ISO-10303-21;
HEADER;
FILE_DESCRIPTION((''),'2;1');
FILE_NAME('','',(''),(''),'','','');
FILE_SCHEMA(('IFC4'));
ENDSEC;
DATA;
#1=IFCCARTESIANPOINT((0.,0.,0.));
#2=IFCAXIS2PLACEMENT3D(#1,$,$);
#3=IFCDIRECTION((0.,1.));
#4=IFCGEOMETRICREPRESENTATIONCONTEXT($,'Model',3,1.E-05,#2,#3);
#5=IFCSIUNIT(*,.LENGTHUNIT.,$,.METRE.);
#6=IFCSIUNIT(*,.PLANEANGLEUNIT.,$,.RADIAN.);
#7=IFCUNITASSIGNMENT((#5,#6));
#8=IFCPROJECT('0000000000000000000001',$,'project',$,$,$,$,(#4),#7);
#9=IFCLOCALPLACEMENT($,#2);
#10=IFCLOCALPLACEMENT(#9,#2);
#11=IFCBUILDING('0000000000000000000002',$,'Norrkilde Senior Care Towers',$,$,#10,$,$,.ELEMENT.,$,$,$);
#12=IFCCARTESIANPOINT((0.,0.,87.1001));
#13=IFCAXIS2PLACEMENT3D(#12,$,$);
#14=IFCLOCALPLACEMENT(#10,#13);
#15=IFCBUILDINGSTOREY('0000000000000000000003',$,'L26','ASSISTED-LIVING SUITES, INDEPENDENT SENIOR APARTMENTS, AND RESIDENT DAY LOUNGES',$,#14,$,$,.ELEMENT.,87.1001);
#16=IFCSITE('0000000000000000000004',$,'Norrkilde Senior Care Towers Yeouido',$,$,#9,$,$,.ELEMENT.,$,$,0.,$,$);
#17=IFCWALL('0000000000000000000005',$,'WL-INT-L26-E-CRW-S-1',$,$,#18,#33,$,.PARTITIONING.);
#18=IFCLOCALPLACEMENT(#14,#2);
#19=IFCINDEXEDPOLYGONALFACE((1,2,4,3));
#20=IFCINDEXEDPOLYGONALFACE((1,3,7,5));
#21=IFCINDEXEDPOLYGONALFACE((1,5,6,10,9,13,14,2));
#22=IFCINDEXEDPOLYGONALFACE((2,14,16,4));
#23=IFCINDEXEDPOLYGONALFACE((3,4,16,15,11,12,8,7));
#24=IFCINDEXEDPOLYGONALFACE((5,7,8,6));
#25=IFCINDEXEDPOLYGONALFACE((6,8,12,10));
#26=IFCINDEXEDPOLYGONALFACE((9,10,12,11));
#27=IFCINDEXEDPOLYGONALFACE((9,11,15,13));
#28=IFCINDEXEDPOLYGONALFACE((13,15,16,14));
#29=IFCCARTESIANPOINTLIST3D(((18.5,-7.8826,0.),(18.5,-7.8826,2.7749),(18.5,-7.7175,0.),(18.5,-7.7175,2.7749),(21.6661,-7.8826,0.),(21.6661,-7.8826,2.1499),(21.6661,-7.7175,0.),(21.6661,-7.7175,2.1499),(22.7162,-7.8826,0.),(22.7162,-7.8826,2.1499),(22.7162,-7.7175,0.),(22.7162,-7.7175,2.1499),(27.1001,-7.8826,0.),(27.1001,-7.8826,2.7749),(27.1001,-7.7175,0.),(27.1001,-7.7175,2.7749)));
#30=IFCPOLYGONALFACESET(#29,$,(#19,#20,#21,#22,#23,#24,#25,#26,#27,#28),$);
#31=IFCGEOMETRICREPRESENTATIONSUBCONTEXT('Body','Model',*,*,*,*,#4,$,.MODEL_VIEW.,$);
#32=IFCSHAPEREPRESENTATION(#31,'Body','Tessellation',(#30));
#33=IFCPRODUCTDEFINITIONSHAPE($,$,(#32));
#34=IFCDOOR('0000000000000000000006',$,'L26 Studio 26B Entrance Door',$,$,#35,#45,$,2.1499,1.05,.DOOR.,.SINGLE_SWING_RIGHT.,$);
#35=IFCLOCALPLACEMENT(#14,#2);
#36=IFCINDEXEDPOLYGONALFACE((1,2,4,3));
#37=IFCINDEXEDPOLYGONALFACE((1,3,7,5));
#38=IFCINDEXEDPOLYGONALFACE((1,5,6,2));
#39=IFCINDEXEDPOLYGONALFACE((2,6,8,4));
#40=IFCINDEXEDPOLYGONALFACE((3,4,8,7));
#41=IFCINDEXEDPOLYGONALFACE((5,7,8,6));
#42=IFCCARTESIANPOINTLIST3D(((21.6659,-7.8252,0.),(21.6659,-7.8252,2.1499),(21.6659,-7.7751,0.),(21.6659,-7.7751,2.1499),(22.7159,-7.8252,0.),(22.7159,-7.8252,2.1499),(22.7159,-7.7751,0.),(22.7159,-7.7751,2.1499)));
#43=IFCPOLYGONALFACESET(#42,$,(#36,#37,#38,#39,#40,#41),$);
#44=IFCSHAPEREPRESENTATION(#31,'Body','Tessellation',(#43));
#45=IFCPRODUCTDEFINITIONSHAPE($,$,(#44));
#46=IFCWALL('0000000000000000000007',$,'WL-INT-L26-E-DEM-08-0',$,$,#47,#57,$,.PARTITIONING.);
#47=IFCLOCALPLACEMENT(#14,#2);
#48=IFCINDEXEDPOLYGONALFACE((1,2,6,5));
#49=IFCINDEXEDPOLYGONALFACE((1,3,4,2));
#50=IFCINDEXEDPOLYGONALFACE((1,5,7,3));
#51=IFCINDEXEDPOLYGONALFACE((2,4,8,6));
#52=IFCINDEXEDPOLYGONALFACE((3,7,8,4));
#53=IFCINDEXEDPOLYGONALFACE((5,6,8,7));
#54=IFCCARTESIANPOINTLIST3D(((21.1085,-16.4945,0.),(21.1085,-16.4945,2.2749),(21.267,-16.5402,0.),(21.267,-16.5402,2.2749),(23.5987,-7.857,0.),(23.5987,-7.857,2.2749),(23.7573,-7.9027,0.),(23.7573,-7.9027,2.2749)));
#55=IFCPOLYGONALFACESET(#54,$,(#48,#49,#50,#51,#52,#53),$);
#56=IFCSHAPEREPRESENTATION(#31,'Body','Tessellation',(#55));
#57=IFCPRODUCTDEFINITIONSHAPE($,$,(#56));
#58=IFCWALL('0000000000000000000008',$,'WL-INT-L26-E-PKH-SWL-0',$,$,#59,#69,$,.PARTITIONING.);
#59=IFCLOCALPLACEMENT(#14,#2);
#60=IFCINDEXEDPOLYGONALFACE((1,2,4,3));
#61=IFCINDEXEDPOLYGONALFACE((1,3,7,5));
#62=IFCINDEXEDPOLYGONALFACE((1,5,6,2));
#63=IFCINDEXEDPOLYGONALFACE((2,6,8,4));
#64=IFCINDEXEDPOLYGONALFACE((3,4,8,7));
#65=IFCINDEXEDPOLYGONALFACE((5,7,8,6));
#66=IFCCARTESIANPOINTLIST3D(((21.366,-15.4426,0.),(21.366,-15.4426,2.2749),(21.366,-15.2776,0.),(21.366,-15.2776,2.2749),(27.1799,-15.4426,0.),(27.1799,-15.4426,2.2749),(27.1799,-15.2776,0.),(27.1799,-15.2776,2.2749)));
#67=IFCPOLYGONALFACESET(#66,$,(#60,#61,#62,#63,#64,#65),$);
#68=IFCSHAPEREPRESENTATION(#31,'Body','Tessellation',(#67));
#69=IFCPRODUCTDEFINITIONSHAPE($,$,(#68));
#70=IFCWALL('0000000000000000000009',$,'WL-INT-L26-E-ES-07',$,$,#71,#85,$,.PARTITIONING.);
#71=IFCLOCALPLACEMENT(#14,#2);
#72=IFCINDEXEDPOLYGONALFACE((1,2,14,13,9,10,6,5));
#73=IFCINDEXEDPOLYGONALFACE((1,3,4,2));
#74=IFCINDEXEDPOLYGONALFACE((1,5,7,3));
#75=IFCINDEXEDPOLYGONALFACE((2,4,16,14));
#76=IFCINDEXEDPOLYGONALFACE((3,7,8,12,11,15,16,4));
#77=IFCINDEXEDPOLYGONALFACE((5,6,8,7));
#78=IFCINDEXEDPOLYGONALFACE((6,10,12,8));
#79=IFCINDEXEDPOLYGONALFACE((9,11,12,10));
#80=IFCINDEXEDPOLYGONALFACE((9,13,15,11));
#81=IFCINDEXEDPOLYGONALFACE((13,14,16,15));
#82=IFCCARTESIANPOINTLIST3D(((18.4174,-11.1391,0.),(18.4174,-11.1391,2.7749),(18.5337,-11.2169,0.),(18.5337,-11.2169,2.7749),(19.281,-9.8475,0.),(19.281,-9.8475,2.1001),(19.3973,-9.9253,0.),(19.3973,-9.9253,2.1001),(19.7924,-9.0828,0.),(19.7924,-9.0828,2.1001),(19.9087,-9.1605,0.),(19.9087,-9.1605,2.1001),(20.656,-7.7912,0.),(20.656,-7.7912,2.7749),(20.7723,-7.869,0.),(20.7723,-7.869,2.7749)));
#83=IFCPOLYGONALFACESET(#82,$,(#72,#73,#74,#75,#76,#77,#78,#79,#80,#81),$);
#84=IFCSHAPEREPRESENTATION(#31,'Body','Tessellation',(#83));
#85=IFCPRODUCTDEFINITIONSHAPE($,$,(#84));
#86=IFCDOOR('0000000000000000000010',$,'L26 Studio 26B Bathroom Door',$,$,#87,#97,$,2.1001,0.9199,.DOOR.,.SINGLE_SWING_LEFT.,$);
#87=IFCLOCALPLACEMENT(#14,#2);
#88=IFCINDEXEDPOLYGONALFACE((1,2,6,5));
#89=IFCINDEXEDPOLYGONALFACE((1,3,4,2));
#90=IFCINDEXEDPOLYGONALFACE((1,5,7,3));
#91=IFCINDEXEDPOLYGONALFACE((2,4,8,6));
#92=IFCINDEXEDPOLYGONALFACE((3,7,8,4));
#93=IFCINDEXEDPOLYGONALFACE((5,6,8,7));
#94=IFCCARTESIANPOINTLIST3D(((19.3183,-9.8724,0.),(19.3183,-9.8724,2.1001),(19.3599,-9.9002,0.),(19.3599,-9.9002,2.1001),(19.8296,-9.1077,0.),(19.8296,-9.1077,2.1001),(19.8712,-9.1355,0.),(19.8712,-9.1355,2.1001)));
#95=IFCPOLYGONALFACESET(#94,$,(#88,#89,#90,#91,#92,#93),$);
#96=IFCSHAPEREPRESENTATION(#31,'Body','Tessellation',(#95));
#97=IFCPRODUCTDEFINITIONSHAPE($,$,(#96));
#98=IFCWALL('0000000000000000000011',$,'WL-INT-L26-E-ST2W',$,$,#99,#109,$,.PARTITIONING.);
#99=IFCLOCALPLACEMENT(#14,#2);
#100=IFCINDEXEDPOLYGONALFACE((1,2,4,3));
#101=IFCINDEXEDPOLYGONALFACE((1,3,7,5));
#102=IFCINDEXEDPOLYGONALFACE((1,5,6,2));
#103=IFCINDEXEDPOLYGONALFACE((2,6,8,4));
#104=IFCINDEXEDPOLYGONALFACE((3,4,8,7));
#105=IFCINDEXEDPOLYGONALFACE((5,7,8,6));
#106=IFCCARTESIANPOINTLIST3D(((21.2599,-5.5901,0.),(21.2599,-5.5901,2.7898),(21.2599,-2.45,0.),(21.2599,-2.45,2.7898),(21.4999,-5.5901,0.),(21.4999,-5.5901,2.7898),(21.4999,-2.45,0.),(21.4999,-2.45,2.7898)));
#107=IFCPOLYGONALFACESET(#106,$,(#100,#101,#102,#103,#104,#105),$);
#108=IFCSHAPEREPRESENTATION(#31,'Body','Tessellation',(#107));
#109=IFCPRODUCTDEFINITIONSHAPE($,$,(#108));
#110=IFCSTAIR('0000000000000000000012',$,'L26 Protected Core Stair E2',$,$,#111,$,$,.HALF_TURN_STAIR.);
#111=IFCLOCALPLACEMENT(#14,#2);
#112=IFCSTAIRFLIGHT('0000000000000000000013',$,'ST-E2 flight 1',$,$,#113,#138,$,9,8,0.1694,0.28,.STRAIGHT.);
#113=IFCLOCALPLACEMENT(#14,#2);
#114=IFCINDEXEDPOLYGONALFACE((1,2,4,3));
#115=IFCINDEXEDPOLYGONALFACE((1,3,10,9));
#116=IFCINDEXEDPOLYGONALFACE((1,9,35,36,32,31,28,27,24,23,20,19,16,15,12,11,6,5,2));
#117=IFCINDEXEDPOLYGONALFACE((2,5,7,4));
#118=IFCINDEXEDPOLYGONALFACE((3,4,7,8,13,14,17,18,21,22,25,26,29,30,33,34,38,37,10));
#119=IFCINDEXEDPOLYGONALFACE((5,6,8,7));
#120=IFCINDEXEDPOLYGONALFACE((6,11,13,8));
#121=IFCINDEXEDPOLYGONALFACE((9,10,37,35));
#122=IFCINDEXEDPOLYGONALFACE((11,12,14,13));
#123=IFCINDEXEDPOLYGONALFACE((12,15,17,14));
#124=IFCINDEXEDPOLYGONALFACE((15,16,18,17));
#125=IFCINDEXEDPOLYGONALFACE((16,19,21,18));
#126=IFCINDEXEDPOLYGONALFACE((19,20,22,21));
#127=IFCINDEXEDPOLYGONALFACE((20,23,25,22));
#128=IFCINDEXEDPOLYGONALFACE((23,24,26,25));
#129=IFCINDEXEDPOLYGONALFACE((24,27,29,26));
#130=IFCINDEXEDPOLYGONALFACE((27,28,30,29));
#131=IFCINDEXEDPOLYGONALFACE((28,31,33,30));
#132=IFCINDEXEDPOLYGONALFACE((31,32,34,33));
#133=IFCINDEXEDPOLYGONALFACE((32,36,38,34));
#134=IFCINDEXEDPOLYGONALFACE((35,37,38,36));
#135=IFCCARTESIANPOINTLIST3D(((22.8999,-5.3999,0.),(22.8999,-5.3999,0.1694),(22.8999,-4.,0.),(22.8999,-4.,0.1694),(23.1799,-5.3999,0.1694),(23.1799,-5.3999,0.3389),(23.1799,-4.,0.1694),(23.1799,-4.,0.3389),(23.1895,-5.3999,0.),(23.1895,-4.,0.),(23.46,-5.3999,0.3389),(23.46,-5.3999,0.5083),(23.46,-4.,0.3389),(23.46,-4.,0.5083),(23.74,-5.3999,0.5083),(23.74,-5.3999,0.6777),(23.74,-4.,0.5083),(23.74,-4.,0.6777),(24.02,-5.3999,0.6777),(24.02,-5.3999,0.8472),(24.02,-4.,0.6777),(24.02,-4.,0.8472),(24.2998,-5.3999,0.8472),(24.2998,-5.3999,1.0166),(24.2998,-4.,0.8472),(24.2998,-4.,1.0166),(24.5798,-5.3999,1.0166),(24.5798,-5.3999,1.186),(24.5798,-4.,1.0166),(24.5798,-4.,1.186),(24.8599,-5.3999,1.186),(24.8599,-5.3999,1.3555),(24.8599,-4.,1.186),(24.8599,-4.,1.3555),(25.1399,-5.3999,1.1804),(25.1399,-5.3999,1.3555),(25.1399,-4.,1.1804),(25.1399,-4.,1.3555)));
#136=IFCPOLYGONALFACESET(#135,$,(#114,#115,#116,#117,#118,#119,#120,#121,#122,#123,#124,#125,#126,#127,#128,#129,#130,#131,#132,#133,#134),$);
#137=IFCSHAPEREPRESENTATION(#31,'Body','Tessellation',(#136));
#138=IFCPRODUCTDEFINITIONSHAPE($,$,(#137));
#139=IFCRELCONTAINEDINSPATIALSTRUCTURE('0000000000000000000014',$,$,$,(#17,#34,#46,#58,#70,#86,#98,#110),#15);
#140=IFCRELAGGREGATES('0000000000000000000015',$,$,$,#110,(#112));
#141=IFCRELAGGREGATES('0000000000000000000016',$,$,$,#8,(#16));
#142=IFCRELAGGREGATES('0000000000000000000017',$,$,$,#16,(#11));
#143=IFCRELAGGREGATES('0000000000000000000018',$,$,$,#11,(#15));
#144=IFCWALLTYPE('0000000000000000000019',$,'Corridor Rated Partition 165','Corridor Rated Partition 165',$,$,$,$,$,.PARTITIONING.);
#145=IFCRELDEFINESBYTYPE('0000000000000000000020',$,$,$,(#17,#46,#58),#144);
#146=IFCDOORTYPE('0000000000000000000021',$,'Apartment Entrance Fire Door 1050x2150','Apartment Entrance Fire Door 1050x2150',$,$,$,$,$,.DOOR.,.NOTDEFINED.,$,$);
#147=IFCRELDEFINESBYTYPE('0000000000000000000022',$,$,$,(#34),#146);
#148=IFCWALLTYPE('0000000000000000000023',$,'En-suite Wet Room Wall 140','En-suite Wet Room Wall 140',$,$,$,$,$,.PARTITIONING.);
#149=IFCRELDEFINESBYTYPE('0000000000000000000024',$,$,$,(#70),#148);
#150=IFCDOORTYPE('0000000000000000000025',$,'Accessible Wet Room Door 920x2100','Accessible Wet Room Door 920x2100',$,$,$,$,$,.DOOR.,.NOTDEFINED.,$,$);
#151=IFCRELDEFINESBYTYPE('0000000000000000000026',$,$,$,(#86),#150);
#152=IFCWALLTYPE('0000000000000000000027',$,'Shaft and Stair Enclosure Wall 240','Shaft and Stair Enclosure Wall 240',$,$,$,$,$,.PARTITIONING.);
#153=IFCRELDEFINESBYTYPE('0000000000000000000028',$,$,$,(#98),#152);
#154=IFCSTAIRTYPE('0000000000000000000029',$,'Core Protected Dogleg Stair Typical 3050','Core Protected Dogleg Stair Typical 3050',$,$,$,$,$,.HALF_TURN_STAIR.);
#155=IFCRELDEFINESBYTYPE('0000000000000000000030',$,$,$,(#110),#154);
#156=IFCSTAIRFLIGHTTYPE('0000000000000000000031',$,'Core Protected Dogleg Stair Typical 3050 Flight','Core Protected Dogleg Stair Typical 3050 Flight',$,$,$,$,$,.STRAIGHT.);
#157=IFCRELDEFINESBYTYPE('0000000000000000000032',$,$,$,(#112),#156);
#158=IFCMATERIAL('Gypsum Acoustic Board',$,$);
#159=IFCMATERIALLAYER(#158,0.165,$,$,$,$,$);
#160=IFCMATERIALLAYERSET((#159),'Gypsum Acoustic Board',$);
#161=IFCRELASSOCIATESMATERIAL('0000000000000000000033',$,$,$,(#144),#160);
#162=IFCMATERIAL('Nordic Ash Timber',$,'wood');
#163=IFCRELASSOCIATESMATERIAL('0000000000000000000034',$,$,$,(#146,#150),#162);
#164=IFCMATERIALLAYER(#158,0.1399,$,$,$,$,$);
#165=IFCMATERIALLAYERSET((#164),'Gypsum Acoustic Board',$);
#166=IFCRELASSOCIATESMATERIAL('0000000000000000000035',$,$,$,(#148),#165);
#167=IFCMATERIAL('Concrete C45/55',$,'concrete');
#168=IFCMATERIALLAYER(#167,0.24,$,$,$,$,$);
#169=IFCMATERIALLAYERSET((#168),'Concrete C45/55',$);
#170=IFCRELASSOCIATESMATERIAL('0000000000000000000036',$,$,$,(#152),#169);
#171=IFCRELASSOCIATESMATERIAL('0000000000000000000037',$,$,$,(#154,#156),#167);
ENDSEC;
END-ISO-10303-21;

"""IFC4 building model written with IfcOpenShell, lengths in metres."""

from ifc_helpers import new_model, si_unit, direction, frame, frame_2d, origin, place, context, subcontext, project, spatial, polyline, rectangle, outline, extrude, source, transform, mapped, material, layer, layer_set, type_object, type_shapes, element, fill, aggregate, save


model = new_model("IFC4")

# Units and contexts
model_context = context("Model", 3, precision=1e-05, world=origin(), true_north=direction((0.0, 1.0)))
body_context = subcontext(model_context, "Body", "Model", "MODEL_VIEW")
ifc_project = project(units=[si_unit("LENGTHUNIT", "METRE"), si_unit("PLANEANGLEUNIT", "RADIAN")], contexts=[model_context])

# Site, building, storey
site_placement = place(None, origin())
site = spatial("IfcSite", under=ifc_project, at=site_placement, Name="Norrkilde Senior Care Towers Yeouido", CompositionType="ELEMENT", RefElevation=0.0)
building_placement = place(site_placement, origin())
building = spatial("IfcBuilding", under=site, at=building_placement, Name="Norrkilde Senior Care Towers", CompositionType="ELEMENT")
storey_placement = place(building_placement, frame((0.0, 0.0, 87.1001)))
storey = spatial("IfcBuildingStorey", under=building, at=storey_placement, Name="L26", Description="ASSISTED-LIVING SUITES, INDEPENDENT SENIOR APARTMENTS, AND RESIDENT DAY LOUNGES", CompositionType="ELEMENT", Elevation=87.1001)

# Shared definitions
ifc_material_1 = material(Name="Concrete C45/55", Category="concrete")

# Shared definitions
ifc_material_2 = material(Name="Gypsum Acoustic Board")

# Wall, opening, door
ifc_layer_1 = layer(ifc_material_2, 0.165)
ifc_layer_set_1 = layer_set([ifc_layer_1], Name="Gypsum Acoustic Board")
wall_type_1 = type_object("IfcWallType", Name="Corridor Rated Partition 165", Description="Corridor Rated Partition 165", PredefinedType="PARTITIONING", material=ifc_layer_set_1)
shared_shape_1 = source(origin(), body_context, "Body", "SweptSolid", [
    extrude(rectangle(XDim=8.6001, YDim=0.165, at=frame_2d((4.3, 0.0))), origin(), (0.0, 0.0, 1.0), 2.7749),
])
wall_1_placement = place(storey_placement, frame((27.1001, -7.8, 0.0), z_axis=(0.0, 0.0, 1.0), x_axis=(-1.0, 0.0, 0.0)))
wall_1 = element("IfcWall", 1, at=wall_1_placement, inside=storey, type_object=wall_type_1, Name="WL-INT-L26-E-CRW-S-1", PredefinedType="PARTITIONING", context=body_context, shape_type="MappedRepresentation", body=[
    mapped(shared_shape_1, transform((0.0, 0.0, 0.0), x_axis=(1.0, 0.0, 0.0), y_axis=(0.0, 1.0, 0.0), z_axis=(0.0, 0.0, 1.0), scale=1.0)),
])
opening_1_placement = place(wall_1_placement, frame((4.384, 0.0, 0.0)))
opening_1 = element("IfcOpeningElement", 2, at=opening_1_placement, cuts=wall_1, PredefinedType="OPENING", context=body_context, shape_type="SweptSolid", body=[
    extrude(rectangle(XDim=1.05, YDim=2.1499, at=frame_2d((0.5249, 1.075))), frame((0.0, 0.0925, 0.0), z_axis=(0.0, -1.0, 0.0), x_axis=(1.0, 0.0, 0.0)), (0.0, 0.0, 1.0), 0.1851),
])
ifc_material_3 = material(Name="Nordic Ash Timber", Category="wood")
door_type_1 = type_object("IfcDoorType", Name="Apartment Entrance Fire Door 1050x2150", Description="Apartment Entrance Fire Door 1050x2150", OperationType="NOTDEFINED", PredefinedType="DOOR", material=ifc_material_3)
shared_shape_2 = source(origin(), body_context, "Body", "SweptSolid", [
    extrude(rectangle(XDim=1.05, YDim=2.1499, at=frame_2d((0.5249, 1.075))), frame((0.0, 0.0249, 0.0), z_axis=(0.0, -1.0, 0.0), x_axis=(1.0, 0.0, 0.0)), (0.0, 0.0, 1.0), 0.05),
])
type_shapes(door_type_1, [shared_shape_2])
door_1_placement = place(opening_1_placement, frame((1.05, 0.0, 0.0), z_axis=(0.0, 0.0, 1.0), x_axis=(-1.0, 0.0, 0.0)))
door_1 = element("IfcDoor", 3, at=door_1_placement, inside=storey, type_object=door_type_1, Name="L26 Studio 26B Entrance Door", OperationType="SINGLE_SWING_RIGHT", OverallHeight=2.1499, OverallWidth=1.05, PredefinedType="DOOR", context=body_context, shape_type="MappedRepresentation", body=[
    mapped(shared_shape_2, transform((0.0, 0.0, 0.0), x_axis=(1.0, 0.0, 0.0), y_axis=(0.0, 1.0, 0.0), z_axis=(0.0, 0.0, 1.0), scale=1.0)),
])
fill(opening_1, door_1)

# Walls
shared_shape_3 = source(origin(), body_context, "Body", "SweptSolid", [
    extrude(rectangle(XDim=8.9893, YDim=0.165, at=frame_2d((4.4946, 0.0))), origin(), (0.0, 0.0, 1.0), 2.2749),
])
wall_2_placement = place(storey_placement, frame((23.678, -7.8799, 0.0), z_axis=(0.0, 0.0, 1.0), x_axis=(-0.277023, -0.960863, 0.0)))
element("IfcWall", 4, at=wall_2_placement, inside=storey, type_object=wall_type_1, Name="WL-INT-L26-E-DEM-08-0", PredefinedType="PARTITIONING", context=body_context, shape_type="MappedRepresentation", body=[
    mapped(shared_shape_3, transform((0.0, 0.0, 0.0), x_axis=(1.0, 0.0, 0.0), y_axis=(0.0, 1.0, 0.0), z_axis=(0.0, 0.0, 1.0), scale=1.0)),
])
shared_shape_4 = source(origin(), body_context, "Body", "SweptSolid", [
    extrude(rectangle(XDim=5.814, YDim=0.165, at=frame_2d((2.907, 0.0))), origin(), (0.0, 0.0, 1.0), 2.2749),
])
type_shapes(wall_type_1, [shared_shape_1, shared_shape_3, shared_shape_4])
wall_3_placement = place(storey_placement, frame((21.366, -15.3601, 0.0), z_axis=(0.0, 0.0, 1.0), x_axis=(1.0, 0.0, 0.0)))
element("IfcWall", 5, at=wall_3_placement, inside=storey, type_object=wall_type_1, Name="WL-INT-L26-E-PKH-SWL-0", PredefinedType="PARTITIONING", context=body_context, shape_type="MappedRepresentation", body=[
    mapped(shared_shape_4, transform((0.0, 0.0, 0.0), x_axis=(1.0, 0.0, 0.0), y_axis=(0.0, 1.0, 0.0), z_axis=(0.0, 0.0, 1.0), scale=1.0)),
])

# Wall, opening, door
ifc_layer_2 = layer(ifc_material_2, 0.1399)
ifc_layer_set_2 = layer_set([ifc_layer_2], Name="Gypsum Acoustic Board")
wall_type_2 = type_object("IfcWallType", Name="En-suite Wet Room Wall 140", Description="En-suite Wet Room Wall 140", PredefinedType="PARTITIONING", material=ifc_layer_set_2)
shared_shape_5 = source(origin(), body_context, "Body", "SweptSolid", [
    extrude(rectangle(XDim=4.0273, YDim=0.1399, at=frame_2d((2.0137, 0.0))), origin(), (0.0, 0.0, 1.0), 2.7749),
])
type_shapes(wall_type_2, [shared_shape_5])
wall_4_placement = place(storey_placement, frame((20.7141, -7.8301, 0.0), z_axis=(0.0, 0.0, 1.0), x_axis=(-0.555833, -0.831294, 0.0)))
wall_4 = element("IfcWall", 6, at=wall_4_placement, inside=storey, type_object=wall_type_2, Name="WL-INT-L26-E-ES-07", PredefinedType="PARTITIONING", context=body_context, shape_type="MappedRepresentation", body=[
    mapped(shared_shape_5, transform((0.0, 0.0, 0.0), x_axis=(1.0, 0.0, 0.0), y_axis=(0.0, 1.0, 0.0), z_axis=(0.0, 0.0, 1.0), scale=1.0)),
])
opening_2_placement = place(wall_4_placement, frame((1.5537, 0.0, 0.0)))
opening_2 = element("IfcOpeningElement", 7, at=opening_2_placement, cuts=wall_4, PredefinedType="OPENING", context=body_context, shape_type="SweptSolid", body=[
    extrude(rectangle(XDim=0.9199, YDim=2.1001, at=frame_2d((0.46, 1.05))), frame((0.0, 0.0798, 0.0), z_axis=(0.0, -1.0, 0.0), x_axis=(1.0, 0.0, 0.0)), (0.0, 0.0, 1.0), 0.1599),
])
door_type_2 = type_object("IfcDoorType", Name="Accessible Wet Room Door 920x2100", Description="Accessible Wet Room Door 920x2100", OperationType="NOTDEFINED", PredefinedType="DOOR", material=ifc_material_3)
shared_shape_6 = source(origin(), body_context, "Body", "SweptSolid", [
    extrude(rectangle(XDim=0.9199, YDim=2.1001, at=frame_2d((0.46, 1.05))), frame((0.0, 0.0249, 0.0), z_axis=(0.0, -1.0, 0.0), x_axis=(1.0, 0.0, 0.0)), (0.0, 0.0, 1.0), 0.05),
])
type_shapes(door_type_2, [shared_shape_6])
door_2_placement = place(opening_2_placement, origin())
door_2 = element("IfcDoor", 8, at=door_2_placement, inside=storey, type_object=door_type_2, Name="L26 Studio 26B Bathroom Door", OperationType="SINGLE_SWING_LEFT", OverallHeight=2.1001, OverallWidth=0.9199, PredefinedType="DOOR", context=body_context, shape_type="MappedRepresentation", body=[
    mapped(shared_shape_6, transform((0.0, 0.0, 0.0), x_axis=(1.0, 0.0, 0.0), y_axis=(0.0, 1.0, 0.0), z_axis=(0.0, 0.0, 1.0), scale=1.0)),
])
fill(opening_2, door_2)
ifc_layer_3 = layer(ifc_material_1, 0.24)
ifc_layer_set_3 = layer_set([ifc_layer_3], Name="Concrete C45/55")
wall_type_3 = type_object("IfcWallType", Name="Shaft and Stair Enclosure Wall 240", Description="Shaft and Stair Enclosure Wall 240", PredefinedType="PARTITIONING", material=ifc_layer_set_3)

# Wall
shared_shape_7 = source(origin(), body_context, "Body", "SweptSolid", [
    extrude(rectangle(XDim=3.1401, YDim=0.24, at=frame_2d((1.5701, 0.0))), origin(), (0.0, 0.0, 1.0), 2.7898),
])
wall_5_placement = place(storey_placement, frame((21.3799, -5.5901, 0.0), z_axis=(0.0, 0.0, 1.0), x_axis=(0.0, 1.0, 0.0)))
element("IfcWall", 9, at=wall_5_placement, inside=storey, type_object=wall_type_3, Name="WL-INT-L26-E-ST2W", PredefinedType="PARTITIONING", context=body_context, shape_type="MappedRepresentation", body=[
    mapped(shared_shape_7, transform((0.0, 0.0, 0.0), x_axis=(1.0, 0.0, 0.0), y_axis=(0.0, 1.0, 0.0), z_axis=(0.0, 0.0, 1.0), scale=1.0)),
])

# Stair, stair flight
stair_type = type_object("IfcStairType", Name="Core Protected Dogleg Stair Typical 3050", Description="Core Protected Dogleg Stair Typical 3050", PredefinedType="HALF_TURN_STAIR", material=ifc_material_1)
stair_placement = place(storey_placement, origin())
stair = element("IfcStair", 10, at=stair_placement, inside=storey, type_object=stair_type, Name="L26 Protected Core Stair E2", PredefinedType="HALF_TURN_STAIR")
stair_flight_type = type_object("IfcStairFlightType", Name="Core Protected Dogleg Stair Typical 3050 Flight", Description="Core Protected Dogleg Stair Typical 3050 Flight", PredefinedType="STRAIGHT", material=ifc_material_1)
stair_flight_1_placement = place(storey_placement, frame((22.8999, -4.7, 0.0), z_axis=(0.0, 0.0, 1.0), x_axis=(1.0, 0.0, 0.0)))
stair_flight_1 = element("IfcStairFlight", 11, at=stair_flight_1_placement, type_object=stair_flight_type, Name="ST-E2 flight 1", NumberOfRisers=9, NumberOfTreads=8, PredefinedType="STRAIGHT", RiserHeight=0.1694, TreadLength=0.28, context=body_context, shape_type="SweptSolid", body=[
    extrude(outline(polyline([(0.0, 0.0), (0.0, 0.1694), (0.28, 0.1694), (0.28, 0.3389), (0.5601, 0.3389), (0.5601, 0.5083), (0.8401, 0.5083), (0.8401, 0.6777), (1.1201, 0.6777), (1.1201, 0.8472), (1.3999, 0.8472), (1.3999, 1.0166), (1.6799, 1.0166), (1.6799, 1.186), (1.96, 1.186), (1.96, 1.3555), (2.24, 1.3555), (2.24, 1.5249), (2.24, 1.1804), (0.2896, 0.0), (0.0, 0.0)])), frame((0.0, 0.7, 0.0), z_axis=(0.0, -1.0, 0.0), x_axis=(1.0, 0.0, 0.0)), (0.0, 0.0, 1.0), 1.3999),
])
aggregate(stair, [stair_flight_1])

save(model, "model.ifc")
